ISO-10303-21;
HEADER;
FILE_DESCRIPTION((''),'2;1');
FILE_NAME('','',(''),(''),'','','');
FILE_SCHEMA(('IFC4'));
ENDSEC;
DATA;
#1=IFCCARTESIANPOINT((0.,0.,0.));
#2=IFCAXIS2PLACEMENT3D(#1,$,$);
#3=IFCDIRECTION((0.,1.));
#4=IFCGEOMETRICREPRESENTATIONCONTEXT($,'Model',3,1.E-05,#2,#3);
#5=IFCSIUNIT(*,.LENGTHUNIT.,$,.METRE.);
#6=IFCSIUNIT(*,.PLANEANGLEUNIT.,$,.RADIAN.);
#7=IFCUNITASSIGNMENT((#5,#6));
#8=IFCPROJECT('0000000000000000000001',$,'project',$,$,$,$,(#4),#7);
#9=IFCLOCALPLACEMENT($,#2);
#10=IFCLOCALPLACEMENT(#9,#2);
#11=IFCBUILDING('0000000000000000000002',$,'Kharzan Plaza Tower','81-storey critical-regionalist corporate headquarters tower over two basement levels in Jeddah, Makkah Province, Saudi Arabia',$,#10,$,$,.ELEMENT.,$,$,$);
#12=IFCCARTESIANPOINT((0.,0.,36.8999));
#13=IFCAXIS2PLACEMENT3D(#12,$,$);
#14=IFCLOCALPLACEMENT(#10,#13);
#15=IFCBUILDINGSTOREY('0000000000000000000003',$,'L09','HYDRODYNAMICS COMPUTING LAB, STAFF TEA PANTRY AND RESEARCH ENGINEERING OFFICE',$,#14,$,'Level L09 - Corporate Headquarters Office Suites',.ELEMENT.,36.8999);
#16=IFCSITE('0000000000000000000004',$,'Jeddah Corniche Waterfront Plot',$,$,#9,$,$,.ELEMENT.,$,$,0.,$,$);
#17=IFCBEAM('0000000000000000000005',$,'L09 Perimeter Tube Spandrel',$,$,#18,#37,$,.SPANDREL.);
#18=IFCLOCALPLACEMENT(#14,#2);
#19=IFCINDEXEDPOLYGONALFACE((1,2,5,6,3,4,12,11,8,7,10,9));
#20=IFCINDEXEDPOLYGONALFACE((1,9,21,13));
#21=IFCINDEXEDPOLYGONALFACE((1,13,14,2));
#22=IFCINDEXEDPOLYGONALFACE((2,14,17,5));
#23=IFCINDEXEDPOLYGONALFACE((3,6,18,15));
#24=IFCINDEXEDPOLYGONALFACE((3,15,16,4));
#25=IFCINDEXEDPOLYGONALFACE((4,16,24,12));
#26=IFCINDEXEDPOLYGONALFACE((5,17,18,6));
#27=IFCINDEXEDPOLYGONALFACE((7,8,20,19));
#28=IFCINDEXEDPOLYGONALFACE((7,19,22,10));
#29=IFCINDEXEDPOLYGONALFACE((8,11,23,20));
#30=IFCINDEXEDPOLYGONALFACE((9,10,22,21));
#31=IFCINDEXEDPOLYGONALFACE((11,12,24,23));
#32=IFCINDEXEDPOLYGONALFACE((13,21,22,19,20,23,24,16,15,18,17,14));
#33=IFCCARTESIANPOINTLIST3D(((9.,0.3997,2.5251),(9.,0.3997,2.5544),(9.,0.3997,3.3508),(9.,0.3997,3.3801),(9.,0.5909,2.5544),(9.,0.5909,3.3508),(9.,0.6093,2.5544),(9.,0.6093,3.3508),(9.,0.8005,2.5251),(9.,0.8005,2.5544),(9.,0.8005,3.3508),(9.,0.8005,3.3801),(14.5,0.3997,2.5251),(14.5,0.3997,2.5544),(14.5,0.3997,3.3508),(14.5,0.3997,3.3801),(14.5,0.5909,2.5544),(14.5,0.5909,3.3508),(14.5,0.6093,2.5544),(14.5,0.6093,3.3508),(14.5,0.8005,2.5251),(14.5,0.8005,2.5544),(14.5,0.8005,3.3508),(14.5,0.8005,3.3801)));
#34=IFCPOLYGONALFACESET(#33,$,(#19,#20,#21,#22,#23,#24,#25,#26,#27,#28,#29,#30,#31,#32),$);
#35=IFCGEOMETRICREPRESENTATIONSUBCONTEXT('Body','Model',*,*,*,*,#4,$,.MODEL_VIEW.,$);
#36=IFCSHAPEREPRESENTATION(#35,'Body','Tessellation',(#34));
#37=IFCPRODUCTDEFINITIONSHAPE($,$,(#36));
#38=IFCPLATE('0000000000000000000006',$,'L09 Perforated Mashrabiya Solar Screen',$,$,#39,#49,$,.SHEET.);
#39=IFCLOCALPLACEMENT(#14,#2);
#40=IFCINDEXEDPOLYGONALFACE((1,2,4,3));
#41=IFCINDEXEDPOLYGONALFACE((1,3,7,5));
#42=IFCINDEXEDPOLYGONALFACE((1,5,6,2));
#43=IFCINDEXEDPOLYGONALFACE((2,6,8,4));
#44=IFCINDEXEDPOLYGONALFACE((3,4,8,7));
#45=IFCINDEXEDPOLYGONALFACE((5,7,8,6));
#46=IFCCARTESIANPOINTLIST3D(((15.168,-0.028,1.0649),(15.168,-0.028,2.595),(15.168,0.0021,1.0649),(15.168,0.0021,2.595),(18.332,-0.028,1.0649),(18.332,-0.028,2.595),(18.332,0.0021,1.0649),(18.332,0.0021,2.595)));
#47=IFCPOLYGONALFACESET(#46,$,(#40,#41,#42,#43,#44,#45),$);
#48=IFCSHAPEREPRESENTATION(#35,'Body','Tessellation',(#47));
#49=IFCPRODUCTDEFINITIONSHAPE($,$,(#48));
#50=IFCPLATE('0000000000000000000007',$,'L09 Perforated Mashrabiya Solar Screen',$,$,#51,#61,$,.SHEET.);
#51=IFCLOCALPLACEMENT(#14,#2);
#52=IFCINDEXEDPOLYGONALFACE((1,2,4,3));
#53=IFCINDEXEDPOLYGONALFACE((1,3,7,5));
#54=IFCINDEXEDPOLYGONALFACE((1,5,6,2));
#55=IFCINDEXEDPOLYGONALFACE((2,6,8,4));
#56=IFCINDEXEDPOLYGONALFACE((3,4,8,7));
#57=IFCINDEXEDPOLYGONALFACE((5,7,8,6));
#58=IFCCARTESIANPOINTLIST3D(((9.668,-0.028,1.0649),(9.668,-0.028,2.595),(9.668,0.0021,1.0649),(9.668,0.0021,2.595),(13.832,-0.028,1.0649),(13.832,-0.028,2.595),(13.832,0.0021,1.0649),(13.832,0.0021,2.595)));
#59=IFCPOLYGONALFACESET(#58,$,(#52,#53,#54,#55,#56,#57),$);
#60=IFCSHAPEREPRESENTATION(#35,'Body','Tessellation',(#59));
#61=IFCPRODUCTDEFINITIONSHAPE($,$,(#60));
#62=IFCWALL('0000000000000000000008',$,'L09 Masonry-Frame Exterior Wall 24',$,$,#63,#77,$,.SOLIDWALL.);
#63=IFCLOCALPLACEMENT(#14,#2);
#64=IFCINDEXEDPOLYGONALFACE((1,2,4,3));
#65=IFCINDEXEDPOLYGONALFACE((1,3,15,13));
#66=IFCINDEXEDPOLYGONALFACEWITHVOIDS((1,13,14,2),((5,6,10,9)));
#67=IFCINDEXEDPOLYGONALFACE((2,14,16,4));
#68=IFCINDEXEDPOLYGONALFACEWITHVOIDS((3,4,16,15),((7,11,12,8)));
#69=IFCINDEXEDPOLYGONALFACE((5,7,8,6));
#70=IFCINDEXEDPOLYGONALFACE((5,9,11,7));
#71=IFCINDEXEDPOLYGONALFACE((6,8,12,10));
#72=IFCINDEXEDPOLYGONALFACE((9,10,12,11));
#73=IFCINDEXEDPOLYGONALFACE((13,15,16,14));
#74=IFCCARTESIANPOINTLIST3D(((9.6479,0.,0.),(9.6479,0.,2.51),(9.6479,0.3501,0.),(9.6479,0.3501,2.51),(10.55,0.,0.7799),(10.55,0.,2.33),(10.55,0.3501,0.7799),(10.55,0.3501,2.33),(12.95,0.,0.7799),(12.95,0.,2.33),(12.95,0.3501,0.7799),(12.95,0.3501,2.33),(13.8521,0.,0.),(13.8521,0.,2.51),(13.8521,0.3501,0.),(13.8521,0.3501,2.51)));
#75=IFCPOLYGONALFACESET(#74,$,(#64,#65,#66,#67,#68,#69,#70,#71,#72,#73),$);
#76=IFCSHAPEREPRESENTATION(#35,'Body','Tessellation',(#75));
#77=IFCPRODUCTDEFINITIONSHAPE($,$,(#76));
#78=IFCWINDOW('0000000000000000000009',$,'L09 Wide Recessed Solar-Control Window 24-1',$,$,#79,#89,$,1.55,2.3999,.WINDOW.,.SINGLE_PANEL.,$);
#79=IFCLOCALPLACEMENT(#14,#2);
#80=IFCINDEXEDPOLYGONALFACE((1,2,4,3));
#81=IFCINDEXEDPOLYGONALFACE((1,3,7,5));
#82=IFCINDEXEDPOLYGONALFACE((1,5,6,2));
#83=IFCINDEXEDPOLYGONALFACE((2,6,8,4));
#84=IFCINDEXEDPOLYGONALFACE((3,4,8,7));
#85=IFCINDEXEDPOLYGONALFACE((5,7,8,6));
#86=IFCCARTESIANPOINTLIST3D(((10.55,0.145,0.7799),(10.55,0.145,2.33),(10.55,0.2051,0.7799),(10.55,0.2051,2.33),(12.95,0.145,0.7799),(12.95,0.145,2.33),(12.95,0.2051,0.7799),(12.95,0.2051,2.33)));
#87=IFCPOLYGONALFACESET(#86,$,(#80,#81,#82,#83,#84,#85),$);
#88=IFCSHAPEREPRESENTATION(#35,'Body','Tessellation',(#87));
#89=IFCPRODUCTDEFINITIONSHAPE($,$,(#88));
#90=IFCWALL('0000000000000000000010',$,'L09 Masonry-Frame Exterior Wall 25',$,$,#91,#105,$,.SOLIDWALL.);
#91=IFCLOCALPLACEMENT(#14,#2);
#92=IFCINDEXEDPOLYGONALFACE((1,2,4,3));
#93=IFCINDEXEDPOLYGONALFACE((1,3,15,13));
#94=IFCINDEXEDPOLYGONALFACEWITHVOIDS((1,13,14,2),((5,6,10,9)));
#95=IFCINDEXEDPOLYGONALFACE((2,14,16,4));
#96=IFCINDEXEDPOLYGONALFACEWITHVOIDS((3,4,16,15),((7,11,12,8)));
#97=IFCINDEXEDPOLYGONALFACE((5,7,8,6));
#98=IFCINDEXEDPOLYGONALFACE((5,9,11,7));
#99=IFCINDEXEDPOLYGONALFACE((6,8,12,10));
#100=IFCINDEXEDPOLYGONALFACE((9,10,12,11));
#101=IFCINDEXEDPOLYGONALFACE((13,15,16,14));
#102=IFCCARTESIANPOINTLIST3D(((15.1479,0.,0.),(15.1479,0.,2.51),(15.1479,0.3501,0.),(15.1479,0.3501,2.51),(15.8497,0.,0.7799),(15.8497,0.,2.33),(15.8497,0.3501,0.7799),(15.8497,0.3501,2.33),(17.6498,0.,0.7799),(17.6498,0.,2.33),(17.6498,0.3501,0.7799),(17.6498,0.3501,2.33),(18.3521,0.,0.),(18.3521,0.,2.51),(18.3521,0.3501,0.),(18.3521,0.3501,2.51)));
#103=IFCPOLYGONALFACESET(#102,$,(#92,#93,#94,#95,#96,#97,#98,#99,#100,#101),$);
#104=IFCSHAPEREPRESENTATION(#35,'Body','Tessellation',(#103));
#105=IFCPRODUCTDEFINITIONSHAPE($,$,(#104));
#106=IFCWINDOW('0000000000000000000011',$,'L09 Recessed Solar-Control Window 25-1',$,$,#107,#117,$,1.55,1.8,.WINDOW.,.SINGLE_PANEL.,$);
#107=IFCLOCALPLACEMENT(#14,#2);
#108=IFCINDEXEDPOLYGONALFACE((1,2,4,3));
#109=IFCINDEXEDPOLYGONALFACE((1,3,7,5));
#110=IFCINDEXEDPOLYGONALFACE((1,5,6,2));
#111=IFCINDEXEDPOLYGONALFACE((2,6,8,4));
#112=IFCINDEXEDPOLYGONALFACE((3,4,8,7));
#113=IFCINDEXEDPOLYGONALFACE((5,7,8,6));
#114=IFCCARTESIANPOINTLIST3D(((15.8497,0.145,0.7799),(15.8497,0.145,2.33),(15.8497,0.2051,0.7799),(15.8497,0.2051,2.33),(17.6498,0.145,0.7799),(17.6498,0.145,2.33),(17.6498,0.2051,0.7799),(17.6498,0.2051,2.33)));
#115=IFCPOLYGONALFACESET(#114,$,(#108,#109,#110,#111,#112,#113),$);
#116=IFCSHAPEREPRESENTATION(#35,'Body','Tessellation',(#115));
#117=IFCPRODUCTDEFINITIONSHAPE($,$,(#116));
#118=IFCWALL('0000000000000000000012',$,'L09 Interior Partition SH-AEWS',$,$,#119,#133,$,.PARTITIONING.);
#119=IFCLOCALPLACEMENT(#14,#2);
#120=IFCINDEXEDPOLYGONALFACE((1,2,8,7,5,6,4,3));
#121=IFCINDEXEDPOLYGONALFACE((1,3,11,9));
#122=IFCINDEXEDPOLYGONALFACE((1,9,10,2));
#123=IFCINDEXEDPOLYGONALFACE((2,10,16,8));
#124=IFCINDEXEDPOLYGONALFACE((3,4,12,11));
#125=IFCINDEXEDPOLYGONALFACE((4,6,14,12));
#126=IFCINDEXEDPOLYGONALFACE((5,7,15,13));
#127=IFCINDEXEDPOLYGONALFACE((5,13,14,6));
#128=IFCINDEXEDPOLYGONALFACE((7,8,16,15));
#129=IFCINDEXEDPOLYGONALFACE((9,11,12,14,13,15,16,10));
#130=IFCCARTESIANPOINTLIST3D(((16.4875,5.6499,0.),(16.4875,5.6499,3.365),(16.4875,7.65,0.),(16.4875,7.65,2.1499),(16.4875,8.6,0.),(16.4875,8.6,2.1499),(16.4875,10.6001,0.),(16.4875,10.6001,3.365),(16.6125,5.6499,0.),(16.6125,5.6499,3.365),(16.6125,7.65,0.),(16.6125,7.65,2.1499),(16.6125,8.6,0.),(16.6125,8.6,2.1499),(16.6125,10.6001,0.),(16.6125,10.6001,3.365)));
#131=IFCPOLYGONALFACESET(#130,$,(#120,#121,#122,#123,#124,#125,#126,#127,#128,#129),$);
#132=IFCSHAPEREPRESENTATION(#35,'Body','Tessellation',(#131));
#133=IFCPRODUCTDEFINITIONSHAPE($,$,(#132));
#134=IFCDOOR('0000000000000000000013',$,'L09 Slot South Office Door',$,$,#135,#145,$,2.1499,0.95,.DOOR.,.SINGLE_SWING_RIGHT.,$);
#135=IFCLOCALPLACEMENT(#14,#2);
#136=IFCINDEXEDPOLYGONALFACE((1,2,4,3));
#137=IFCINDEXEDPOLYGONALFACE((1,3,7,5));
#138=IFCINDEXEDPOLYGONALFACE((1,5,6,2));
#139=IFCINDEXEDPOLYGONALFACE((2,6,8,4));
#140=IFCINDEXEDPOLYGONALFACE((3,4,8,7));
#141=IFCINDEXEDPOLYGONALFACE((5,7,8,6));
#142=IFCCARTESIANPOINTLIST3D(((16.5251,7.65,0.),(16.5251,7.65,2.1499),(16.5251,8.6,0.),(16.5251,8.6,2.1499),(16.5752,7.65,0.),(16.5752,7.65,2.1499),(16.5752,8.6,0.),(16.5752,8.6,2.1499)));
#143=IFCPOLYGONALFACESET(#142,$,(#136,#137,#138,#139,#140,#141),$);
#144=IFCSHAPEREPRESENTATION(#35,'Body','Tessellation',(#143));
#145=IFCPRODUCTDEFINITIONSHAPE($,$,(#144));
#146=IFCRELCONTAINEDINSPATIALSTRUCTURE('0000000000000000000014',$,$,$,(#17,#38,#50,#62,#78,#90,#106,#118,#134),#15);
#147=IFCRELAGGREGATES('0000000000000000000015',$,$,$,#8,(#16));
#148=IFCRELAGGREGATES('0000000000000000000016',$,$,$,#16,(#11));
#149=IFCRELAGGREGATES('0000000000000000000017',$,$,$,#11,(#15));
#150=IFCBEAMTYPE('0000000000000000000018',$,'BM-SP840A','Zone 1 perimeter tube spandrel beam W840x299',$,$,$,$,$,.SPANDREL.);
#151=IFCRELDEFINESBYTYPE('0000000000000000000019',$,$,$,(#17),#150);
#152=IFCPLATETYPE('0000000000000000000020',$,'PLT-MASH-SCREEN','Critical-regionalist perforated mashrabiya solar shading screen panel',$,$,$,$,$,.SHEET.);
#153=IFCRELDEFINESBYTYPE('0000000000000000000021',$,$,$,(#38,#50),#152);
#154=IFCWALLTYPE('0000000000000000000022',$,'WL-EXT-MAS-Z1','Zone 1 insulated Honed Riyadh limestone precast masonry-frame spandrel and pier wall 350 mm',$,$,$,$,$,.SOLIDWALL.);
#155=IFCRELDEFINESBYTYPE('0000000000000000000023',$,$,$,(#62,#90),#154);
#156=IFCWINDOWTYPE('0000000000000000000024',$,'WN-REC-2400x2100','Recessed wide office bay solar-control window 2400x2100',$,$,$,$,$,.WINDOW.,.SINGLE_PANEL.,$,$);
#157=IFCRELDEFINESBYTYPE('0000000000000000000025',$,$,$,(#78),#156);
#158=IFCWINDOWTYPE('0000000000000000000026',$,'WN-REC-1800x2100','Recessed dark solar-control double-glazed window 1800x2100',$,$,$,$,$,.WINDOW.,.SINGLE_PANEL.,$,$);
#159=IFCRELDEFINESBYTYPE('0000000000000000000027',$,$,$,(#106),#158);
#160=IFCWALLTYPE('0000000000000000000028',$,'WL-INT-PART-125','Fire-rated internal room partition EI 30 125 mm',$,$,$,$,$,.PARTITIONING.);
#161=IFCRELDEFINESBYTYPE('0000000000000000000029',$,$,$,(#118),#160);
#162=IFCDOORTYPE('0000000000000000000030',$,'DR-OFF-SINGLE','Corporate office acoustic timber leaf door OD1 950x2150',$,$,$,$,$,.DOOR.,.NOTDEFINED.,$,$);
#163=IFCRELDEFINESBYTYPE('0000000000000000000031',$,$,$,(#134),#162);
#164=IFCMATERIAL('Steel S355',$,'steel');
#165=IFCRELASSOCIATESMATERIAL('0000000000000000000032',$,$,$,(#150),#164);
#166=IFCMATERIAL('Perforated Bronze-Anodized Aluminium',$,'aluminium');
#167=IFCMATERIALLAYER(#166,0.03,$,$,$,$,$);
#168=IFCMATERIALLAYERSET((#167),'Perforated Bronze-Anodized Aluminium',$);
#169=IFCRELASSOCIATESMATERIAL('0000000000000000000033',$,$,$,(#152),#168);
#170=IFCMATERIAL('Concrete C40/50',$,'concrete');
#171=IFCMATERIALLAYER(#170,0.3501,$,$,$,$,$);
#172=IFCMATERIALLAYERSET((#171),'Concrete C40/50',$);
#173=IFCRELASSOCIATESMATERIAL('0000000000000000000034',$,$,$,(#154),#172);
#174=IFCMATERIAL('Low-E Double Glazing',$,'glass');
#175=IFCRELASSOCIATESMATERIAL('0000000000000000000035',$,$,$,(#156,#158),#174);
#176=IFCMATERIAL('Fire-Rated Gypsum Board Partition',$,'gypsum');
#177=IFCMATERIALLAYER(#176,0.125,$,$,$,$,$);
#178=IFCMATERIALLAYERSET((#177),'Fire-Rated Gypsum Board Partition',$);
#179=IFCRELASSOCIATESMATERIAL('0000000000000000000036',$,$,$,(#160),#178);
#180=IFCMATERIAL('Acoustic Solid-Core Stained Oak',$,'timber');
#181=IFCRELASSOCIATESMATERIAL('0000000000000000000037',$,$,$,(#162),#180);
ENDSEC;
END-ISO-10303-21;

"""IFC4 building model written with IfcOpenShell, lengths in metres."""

from ifc_helpers import new_model, si_unit, direction, frame, frame_2d, origin, origin_2d, place, context, subcontext, project, spatial, rectangle, i_section, extrude, source, transform, mapped, material, layer, layer_set, material_profile, profile_set, type_object, element, fill, save


model = new_model("IFC4")

# Units and contexts
model_context = context("Model", 3, precision=1e-05, world=origin(), true_north=direction((0.0, 1.0)))
body_context = subcontext(model_context, "Body", "Model", "MODEL_VIEW")
ifc_project = project(units=[si_unit("LENGTHUNIT", "METRE"), si_unit("PLANEANGLEUNIT", "RADIAN")], contexts=[model_context])

# Site, building, storey
site_placement = place(None, origin())
site = spatial("IfcSite", under=ifc_project, at=site_placement, Name="Jeddah Corniche Waterfront Plot", CompositionType="ELEMENT", RefElevation=0.0)
building_placement = place(site_placement, origin())
building = spatial("IfcBuilding", under=site, at=building_placement, Name="Kharzan Plaza Tower", Description="81-storey critical-regionalist corporate headquarters tower over two basement levels in Jeddah, Makkah Province, Saudi Arabia", CompositionType="ELEMENT")
storey_placement = place(building_placement, frame((0.0, 0.0, 36.8999)))
storey = spatial("IfcBuildingStorey", under=building, at=storey_placement, Name="L09", Description="HYDRODYNAMICS COMPUTING LAB, STAFF TEA PANTRY AND RESEARCH ENGINEERING OFFICE", LongName="Level L09 - Corporate Headquarters Office Suites", CompositionType="ELEMENT", Elevation=36.8999)

# Beam
ifc_material_1 = material(Name="Steel S355", Category="steel")
ifc_material_profile_1 = material_profile(ifc_material_1, i_section(OverallWidth=0.4009, OverallDepth=0.855, WebThickness=0.0183, FlangeThickness=0.0293, at=origin_2d()), Name="W840x299")
ifc_profile_set_1 = profile_set([ifc_material_profile_1], Name="Steel S355")
beam_type_1 = type_object("IfcBeamType", Name="BM-SP840A", Description="Zone 1 perimeter tube spandrel beam W840x299", PredefinedType="SPANDREL", material=ifc_profile_set_1)
shared_shape_1 = source(origin(), body_context, "Body", "SweptSolid", [
    extrude(i_section(OverallWidth=0.4009, OverallDepth=0.855, WebThickness=0.0183, FlangeThickness=0.0293, at=origin_2d()), origin(), (0.0, 0.0, 1.0), 5.5),
])
beam_1_placement = place(storey_placement, frame((9.0, 0.6001, 2.9526), z_axis=(1.0, 0.0, 0.0), x_axis=(0.0, 1.0, 0.0)))
element("IfcBeam", 1, at=beam_1_placement, inside=storey, type_object=beam_type_1, Name="L09 Perimeter Tube Spandrel", PredefinedType="SPANDREL", context=body_context, shape_type="MappedRepresentation", body=[
    mapped(shared_shape_1, transform((0.0, 0.0, 0.0), x_axis=(1.0, 0.0, 0.0), y_axis=(0.0, 1.0, 0.0), z_axis=(0.0, 0.0, 1.0))),
])

# Plates
ifc_material_2 = material(Name="Perforated Bronze-Anodized Aluminium", Category="aluminium")
ifc_layer_1 = layer(ifc_material_2, 0.03)
ifc_layer_set_1 = layer_set([ifc_layer_1], Name="Perforated Bronze-Anodized Aluminium")
plate_type = type_object("IfcPlateType", Name="PLT-MASH-SCREEN", Description="Critical-regionalist perforated mashrabiya solar shading screen panel", PredefinedType="SHEET", material=ifc_layer_set_1)
shared_shape_2 = source(origin(), body_context, "Body", "SweptSolid", [
    extrude(rectangle(XDim=3.1641, YDim=0.03, at=origin_2d()), origin(), (0.0, 0.0, 1.0), 1.53),
])
plate_1_placement = place(storey_placement, frame((16.75, -0.0129, 1.0649), z_axis=(0.0, 0.0, 1.0), x_axis=(1.0, 0.0, 0.0)))
element("IfcPlate", 2, at=plate_1_placement, inside=storey, type_object=plate_type, Name="L09 Perforated Mashrabiya Solar Screen", PredefinedType="SHEET", context=body_context, shape_type="MappedRepresentation", body=[
    mapped(shared_shape_2, transform((0.0, 0.0, 0.0), x_axis=(1.0, 0.0, 0.0), y_axis=(0.0, 1.0, 0.0), z_axis=(0.0, 0.0, 1.0))),
])
shared_shape_3 = source(origin(), body_context, "Body", "SweptSolid", [
    extrude(rectangle(XDim=4.1641, YDim=0.03, at=origin_2d()), origin(), (0.0, 0.0, 1.0), 1.53),
])
plate_2_placement = place(storey_placement, frame((11.75, -0.0129, 1.0649), z_axis=(0.0, 0.0, 1.0), x_axis=(1.0, 0.0, 0.0)))
element("IfcPlate", 3, at=plate_2_placement, inside=storey, type_object=plate_type, Name="L09 Perforated Mashrabiya Solar Screen", PredefinedType="SHEET", context=body_context, shape_type="MappedRepresentation", body=[
    mapped(shared_shape_3, transform((0.0, 0.0, 0.0), x_axis=(1.0, 0.0, 0.0), y_axis=(0.0, 1.0, 0.0), z_axis=(0.0, 0.0, 1.0))),
])

# Walls, openings, windows
ifc_material_3 = material(Name="Concrete C40/50", Category="concrete")
ifc_layer_2 = layer(ifc_material_3, 0.3501)
ifc_layer_set_2 = layer_set([ifc_layer_2], Name="Concrete C40/50")
wall_type_1 = type_object("IfcWallType", Name="WL-EXT-MAS-Z1", Description="Zone 1 insulated Honed Riyadh limestone precast masonry-frame spandrel and pier wall 350 mm", PredefinedType="SOLIDWALL", material=ifc_layer_set_2)
wall_1_placement = place(storey_placement, frame((9.6479, 0.175, 0.0), z_axis=(0.0, 0.0, 1.0), x_axis=(1.0, 0.0, 0.0)))
wall_1 = element("IfcWall", 4, at=wall_1_placement, inside=storey, type_object=wall_type_1, Name="L09 Masonry-Frame Exterior Wall 24", PredefinedType="SOLIDWALL", context=body_context, shape_type="SweptSolid", body=[
    extrude(rectangle(XDim=4.2041, YDim=0.3501, at=frame_2d((2.1021, 0.0))), origin(), (0.0, 0.0, 1.0), 2.51),
])
opening_1_placement = place(wall_1_placement, frame((0.9021, 0.0, 0.78)))
opening_1 = element("IfcOpeningElement", 5, at=opening_1_placement, cuts=wall_1, PredefinedType="OPENING", context=body_context, shape_type="SweptSolid", body=[
    extrude(rectangle(XDim=2.3999, YDim=1.55, at=frame_2d((1.2, 0.7749))), frame((0.0, 0.1851, 0.0), z_axis=(0.0, -1.0, 0.0), x_axis=(1.0, 0.0, 0.0)), (0.0, 0.0, 1.0), 0.3701),
])
ifc_material_4 = material(Name="Low-E Double Glazing", Category="glass")
window_type_1 = type_object("IfcWindowType", Name="WN-REC-2400x2100", Description="Recessed wide office bay solar-control window 2400x2100", PartitioningType="SINGLE_PANEL", PredefinedType="WINDOW", material=ifc_material_4)
shared_shape_4 = source(origin(), body_context, "Body", "SweptSolid", [
    extrude(rectangle(XDim=2.3999, YDim=1.55, at=frame_2d((1.2, 0.7749))), frame((0.0, 0.03, 0.0), z_axis=(0.0, -1.0, 0.0), x_axis=(1.0, 0.0, 0.0)), (0.0, 0.0, 1.0), 0.0601),
])
window_1_placement = place(opening_1_placement, origin())
window_1 = element("IfcWindow", 6, at=window_1_placement, inside=storey, type_object=window_type_1, Name="L09 Wide Recessed Solar-Control Window 24-1", OverallHeight=1.55, OverallWidth=2.3999, PartitioningType="SINGLE_PANEL", PredefinedType="WINDOW", context=body_context, shape_type="MappedRepresentation", body=[
    mapped(shared_shape_4, transform((0.0, 0.0, 0.0), x_axis=(1.0, 0.0, 0.0), y_axis=(0.0, 1.0, 0.0), z_axis=(0.0, 0.0, 1.0))),
])
fill(opening_1, window_1)
wall_2_placement = place(storey_placement, frame((15.1479, 0.175, 0.0), z_axis=(0.0, 0.0, 1.0), x_axis=(1.0, 0.0, 0.0)))
wall_2 = element("IfcWall", 7, at=wall_2_placement, inside=storey, type_object=wall_type_1, Name="L09 Masonry-Frame Exterior Wall 25", PredefinedType="SOLIDWALL", context=body_context, shape_type="SweptSolid", body=[
    extrude(rectangle(XDim=3.2041, YDim=0.3501, at=frame_2d((1.6021, 0.0))), origin(), (0.0, 0.0, 1.0), 2.51),
])
opening_2_placement = place(wall_2_placement, frame((0.7019, 0.0, 0.78)))
opening_2 = element("IfcOpeningElement", 8, at=opening_2_placement, cuts=wall_2, PredefinedType="OPENING", context=body_context, shape_type="SweptSolid", body=[
    extrude(rectangle(XDim=1.8, YDim=1.55, at=frame_2d((0.8999, 0.7749))), frame((0.0, 0.1851, 0.0), z_axis=(0.0, -1.0, 0.0), x_axis=(1.0, 0.0, 0.0)), (0.0, 0.0, 1.0), 0.3701),
])
window_type_2 = type_object("IfcWindowType", Name="WN-REC-1800x2100", Description="Recessed dark solar-control double-glazed window 1800x2100", PartitioningType="SINGLE_PANEL", PredefinedType="WINDOW", material=ifc_material_4)
shared_shape_5 = source(origin(), body_context, "Body", "SweptSolid", [
    extrude(rectangle(XDim=1.8, YDim=1.55, at=frame_2d((0.8999, 0.7749))), frame((0.0, 0.03, 0.0), z_axis=(0.0, -1.0, 0.0), x_axis=(1.0, 0.0, 0.0)), (0.0, 0.0, 1.0), 0.0601),
])
window_2_placement = place(opening_2_placement, origin())
window_2 = element("IfcWindow", 9, at=window_2_placement, inside=storey, type_object=window_type_2, Name="L09 Recessed Solar-Control Window 25-1", OverallHeight=1.55, OverallWidth=1.8, PartitioningType="SINGLE_PANEL", PredefinedType="WINDOW", context=body_context, shape_type="MappedRepresentation", body=[
    mapped(shared_shape_5, transform((0.0, 0.0, 0.0), x_axis=(1.0, 0.0, 0.0), y_axis=(0.0, 1.0, 0.0), z_axis=(0.0, 0.0, 1.0))),
])
fill(opening_2, window_2)

# Wall, opening, door
ifc_material_5 = material(Name="Fire-Rated Gypsum Board Partition", Category="gypsum")
ifc_layer_3 = layer(ifc_material_5, 0.125)
ifc_layer_set_3 = layer_set([ifc_layer_3], Name="Fire-Rated Gypsum Board Partition")
wall_type_2 = type_object("IfcWallType", Name="WL-INT-PART-125", Description="Fire-rated internal room partition EI 30 125 mm", PredefinedType="PARTITIONING", material=ifc_layer_set_3)
wall_3_placement = place(storey_placement, frame((16.55, 5.6499, 0.0), z_axis=(0.0, 0.0, 1.0), x_axis=(0.0, 1.0, 0.0)))
wall_3 = element("IfcWall", 10, at=wall_3_placement, inside=storey, type_object=wall_type_2, Name="L09 Interior Partition SH-AEWS", PredefinedType="PARTITIONING", context=body_context, shape_type="SweptSolid", body=[
    extrude(rectangle(XDim=4.9502, YDim=0.125, at=frame_2d((2.4751, 0.0))), origin(), (0.0, 0.0, 1.0), 3.365),
])
opening_3_placement = place(wall_3_placement, frame((2.0, 0.0, 0.0)))
opening_3 = element("IfcOpeningElement", 11, at=opening_3_placement, cuts=wall_3, PredefinedType="OPENING", context=body_context, shape_type="SweptSolid", body=[
    extrude(rectangle(XDim=0.95, YDim=2.1499, at=frame_2d((0.4751, 1.075))), frame((0.0, 0.0725, 0.0), z_axis=(0.0, -1.0, 0.0), x_axis=(1.0, 0.0, 0.0)), (0.0, 0.0, 1.0), 0.145),
])
ifc_material_6 = material(Name="Acoustic Solid-Core Stained Oak", Category="timber")
door_type = type_object("IfcDoorType", Name="DR-OFF-SINGLE", Description="Corporate office acoustic timber leaf door OD1 950x2150", OperationType="NOTDEFINED", PredefinedType="DOOR", material=ifc_material_6)
shared_shape_6 = source(origin(), body_context, "Body", "SweptSolid", [
    extrude(rectangle(XDim=0.95, YDim=2.1499, at=frame_2d((0.4751, 1.075))), frame((0.0, 0.0249, 0.0), z_axis=(0.0, -1.0, 0.0), x_axis=(1.0, 0.0, 0.0)), (0.0, 0.0, 1.0), 0.05),
])
door_1_placement = place(opening_3_placement, origin())
door_1 = element("IfcDoor", 12, at=door_1_placement, inside=storey, type_object=door_type, Name="L09 Slot South Office Door", OperationType="SINGLE_SWING_RIGHT", OverallHeight=2.1499, OverallWidth=0.95, PredefinedType="DOOR", context=body_context, shape_type="MappedRepresentation", body=[
    mapped(shared_shape_6, transform((0.0, 0.0, 0.0), x_axis=(1.0, 0.0, 0.0), y_axis=(0.0, 1.0, 0.0), z_axis=(0.0, 0.0, 1.0))),
])
fill(opening_3, door_1)

save(model, "model.ifc")
